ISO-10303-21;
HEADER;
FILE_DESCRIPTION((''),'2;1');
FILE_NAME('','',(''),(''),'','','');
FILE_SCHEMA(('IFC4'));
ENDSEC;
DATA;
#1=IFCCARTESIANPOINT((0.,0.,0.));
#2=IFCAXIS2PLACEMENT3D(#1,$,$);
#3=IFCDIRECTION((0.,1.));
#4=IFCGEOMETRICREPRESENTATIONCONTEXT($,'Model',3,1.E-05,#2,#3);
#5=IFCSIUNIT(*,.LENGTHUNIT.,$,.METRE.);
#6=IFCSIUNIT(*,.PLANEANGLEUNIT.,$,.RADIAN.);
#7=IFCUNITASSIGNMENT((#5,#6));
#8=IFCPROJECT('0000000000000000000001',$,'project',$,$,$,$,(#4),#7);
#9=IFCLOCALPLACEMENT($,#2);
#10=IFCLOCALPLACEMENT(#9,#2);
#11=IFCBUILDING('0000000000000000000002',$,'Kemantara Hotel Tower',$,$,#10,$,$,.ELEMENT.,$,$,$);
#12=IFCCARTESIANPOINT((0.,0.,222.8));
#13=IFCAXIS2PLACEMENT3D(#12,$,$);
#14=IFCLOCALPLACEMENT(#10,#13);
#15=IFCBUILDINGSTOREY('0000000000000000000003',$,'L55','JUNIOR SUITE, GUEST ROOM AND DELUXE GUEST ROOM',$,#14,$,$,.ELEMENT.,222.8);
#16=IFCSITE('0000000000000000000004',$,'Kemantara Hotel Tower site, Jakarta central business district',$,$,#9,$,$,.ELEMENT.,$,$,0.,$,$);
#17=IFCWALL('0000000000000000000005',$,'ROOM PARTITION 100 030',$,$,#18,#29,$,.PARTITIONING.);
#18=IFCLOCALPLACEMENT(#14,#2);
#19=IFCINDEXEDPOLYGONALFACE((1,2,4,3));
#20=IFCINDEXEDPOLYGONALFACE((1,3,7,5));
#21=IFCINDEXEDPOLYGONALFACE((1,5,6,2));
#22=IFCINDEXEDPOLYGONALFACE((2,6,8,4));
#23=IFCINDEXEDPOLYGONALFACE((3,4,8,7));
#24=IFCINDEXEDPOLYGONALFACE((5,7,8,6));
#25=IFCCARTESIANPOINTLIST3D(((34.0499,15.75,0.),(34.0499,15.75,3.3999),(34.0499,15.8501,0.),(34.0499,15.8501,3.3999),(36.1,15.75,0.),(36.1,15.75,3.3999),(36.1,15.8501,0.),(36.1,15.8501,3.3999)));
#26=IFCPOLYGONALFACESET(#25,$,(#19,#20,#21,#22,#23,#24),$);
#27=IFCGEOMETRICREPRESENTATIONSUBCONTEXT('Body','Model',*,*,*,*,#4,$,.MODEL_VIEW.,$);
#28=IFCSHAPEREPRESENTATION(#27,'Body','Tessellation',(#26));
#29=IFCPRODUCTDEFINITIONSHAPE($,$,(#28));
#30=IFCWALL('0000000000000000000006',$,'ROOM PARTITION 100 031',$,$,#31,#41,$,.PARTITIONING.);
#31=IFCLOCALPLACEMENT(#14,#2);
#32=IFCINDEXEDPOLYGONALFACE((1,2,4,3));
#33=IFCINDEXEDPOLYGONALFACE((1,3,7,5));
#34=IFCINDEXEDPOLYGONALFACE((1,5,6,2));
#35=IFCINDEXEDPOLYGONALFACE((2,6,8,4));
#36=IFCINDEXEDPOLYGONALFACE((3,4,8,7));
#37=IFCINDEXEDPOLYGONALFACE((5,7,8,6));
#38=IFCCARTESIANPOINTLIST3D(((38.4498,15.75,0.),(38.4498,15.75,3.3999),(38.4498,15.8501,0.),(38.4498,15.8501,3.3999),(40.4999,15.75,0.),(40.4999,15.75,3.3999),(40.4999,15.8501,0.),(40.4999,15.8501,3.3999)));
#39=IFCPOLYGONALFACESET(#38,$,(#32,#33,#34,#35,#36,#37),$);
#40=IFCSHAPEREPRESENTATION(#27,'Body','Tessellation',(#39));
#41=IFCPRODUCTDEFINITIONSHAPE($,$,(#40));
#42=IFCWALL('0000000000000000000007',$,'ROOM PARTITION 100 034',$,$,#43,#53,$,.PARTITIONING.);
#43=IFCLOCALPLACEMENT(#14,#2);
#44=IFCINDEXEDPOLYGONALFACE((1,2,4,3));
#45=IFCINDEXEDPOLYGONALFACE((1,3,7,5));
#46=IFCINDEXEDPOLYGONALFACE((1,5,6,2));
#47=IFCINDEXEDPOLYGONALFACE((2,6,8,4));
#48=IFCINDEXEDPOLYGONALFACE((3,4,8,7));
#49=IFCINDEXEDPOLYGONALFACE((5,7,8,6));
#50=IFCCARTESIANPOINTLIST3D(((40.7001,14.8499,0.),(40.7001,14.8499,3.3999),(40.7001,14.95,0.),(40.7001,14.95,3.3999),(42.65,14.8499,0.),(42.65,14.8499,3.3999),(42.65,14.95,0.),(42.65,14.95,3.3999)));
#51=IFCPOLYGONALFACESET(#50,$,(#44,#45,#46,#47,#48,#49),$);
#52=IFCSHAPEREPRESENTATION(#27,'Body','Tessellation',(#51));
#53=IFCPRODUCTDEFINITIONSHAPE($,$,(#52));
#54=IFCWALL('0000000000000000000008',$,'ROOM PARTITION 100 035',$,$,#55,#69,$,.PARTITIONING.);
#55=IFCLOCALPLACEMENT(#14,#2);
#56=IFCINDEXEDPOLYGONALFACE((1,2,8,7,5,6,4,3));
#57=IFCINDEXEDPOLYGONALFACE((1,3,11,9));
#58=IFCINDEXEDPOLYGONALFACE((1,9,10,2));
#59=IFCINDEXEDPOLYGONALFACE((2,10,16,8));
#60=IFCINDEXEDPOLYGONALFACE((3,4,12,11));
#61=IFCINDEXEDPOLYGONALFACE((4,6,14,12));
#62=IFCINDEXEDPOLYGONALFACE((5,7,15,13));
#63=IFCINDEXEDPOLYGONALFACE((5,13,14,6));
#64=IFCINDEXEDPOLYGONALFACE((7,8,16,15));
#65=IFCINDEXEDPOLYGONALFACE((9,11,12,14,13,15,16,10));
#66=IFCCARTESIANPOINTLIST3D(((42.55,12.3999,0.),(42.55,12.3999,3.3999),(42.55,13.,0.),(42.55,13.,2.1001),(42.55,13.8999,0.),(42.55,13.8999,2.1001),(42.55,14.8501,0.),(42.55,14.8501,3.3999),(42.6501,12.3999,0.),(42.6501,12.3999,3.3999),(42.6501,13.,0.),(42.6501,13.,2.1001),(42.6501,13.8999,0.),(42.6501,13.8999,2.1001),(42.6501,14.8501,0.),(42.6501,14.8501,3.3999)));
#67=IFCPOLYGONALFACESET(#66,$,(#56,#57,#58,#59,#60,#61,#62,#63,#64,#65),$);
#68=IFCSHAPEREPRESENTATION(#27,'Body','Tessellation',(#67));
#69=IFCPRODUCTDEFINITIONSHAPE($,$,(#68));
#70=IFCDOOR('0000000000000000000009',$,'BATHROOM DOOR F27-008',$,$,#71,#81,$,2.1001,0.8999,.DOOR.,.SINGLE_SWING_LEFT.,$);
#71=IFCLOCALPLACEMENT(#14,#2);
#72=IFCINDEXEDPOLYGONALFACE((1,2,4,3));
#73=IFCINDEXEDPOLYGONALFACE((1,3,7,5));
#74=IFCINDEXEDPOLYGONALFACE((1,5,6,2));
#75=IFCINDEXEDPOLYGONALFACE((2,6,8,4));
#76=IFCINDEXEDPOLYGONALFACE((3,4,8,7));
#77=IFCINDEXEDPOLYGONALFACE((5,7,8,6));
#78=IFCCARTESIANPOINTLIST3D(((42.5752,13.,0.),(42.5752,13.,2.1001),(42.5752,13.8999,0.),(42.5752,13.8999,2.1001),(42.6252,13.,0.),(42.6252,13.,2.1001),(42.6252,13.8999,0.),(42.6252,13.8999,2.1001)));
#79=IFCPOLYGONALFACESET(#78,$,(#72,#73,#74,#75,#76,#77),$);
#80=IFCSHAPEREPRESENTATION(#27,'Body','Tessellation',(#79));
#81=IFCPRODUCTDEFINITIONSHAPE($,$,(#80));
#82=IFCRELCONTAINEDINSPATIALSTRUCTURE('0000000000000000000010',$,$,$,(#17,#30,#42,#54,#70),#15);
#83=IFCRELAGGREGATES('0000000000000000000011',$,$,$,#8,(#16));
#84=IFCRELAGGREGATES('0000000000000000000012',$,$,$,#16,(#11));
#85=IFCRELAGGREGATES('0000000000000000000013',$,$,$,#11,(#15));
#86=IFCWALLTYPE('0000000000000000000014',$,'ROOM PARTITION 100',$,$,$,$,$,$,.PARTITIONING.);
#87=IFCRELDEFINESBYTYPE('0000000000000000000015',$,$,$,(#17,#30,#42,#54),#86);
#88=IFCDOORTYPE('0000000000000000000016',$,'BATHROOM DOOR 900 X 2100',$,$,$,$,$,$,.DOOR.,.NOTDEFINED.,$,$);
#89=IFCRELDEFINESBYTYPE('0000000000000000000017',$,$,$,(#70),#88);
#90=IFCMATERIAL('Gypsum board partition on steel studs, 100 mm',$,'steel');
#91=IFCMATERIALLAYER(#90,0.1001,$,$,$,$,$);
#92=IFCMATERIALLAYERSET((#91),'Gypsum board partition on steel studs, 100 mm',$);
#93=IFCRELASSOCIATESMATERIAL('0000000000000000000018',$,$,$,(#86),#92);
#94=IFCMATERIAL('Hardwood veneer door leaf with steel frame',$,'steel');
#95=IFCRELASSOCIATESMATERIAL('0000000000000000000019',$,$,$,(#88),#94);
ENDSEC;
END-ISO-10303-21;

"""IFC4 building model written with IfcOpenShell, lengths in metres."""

from ifc_helpers import new_model, si_unit, direction, frame, frame_2d, origin, place, context, subcontext, project, spatial, rectangle, extrude, material, layer, layer_set, type_object, element, fill, save


model = new_model("IFC4")

# Units and contexts
model_context = context("Model", 3, precision=1e-05, world=origin(), true_north=direction((0.0, 1.0)))
body_context = subcontext(model_context, "Body", "Model", "MODEL_VIEW")
ifc_project = project(units=[si_unit("LENGTHUNIT", "METRE"), si_unit("PLANEANGLEUNIT", "RADIAN")], contexts=[model_context])

# Site, building, storey
site_placement = place(None, origin())
site = spatial("IfcSite", under=ifc_project, at=site_placement, Name="Kemantara Hotel Tower site, Jakarta central business district", CompositionType="ELEMENT", RefElevation=0.0)
building_placement = place(site_placement, origin())
building = spatial("IfcBuilding", under=site, at=building_placement, Name="Kemantara Hotel Tower", CompositionType="ELEMENT")
storey_placement = place(building_placement, frame((0.0, 0.0, 222.8)))
storey = spatial("IfcBuildingStorey", under=building, at=storey_placement, Name="L55", Description="JUNIOR SUITE, GUEST ROOM AND DELUXE GUEST ROOM", CompositionType="ELEMENT", Elevation=222.8)

# Walls
ifc_material_1 = material(Name="Gypsum board partition on steel studs, 100 mm", Category="steel")
ifc_layer_1 = layer(ifc_material_1, 0.1001)
ifc_layer_set_1 = layer_set([ifc_layer_1], Name="Gypsum board partition on steel studs, 100 mm")
wall_type_1 = type_object("IfcWallType", Name="ROOM PARTITION 100", PredefinedType="PARTITIONING", material=ifc_layer_set_1)
for number, where, z_axis, x_axis, name in (
    (1, (34.05, 15.8, 0.0), (0.0, 0.0, 1.0), (1.0, 0.0, 0.0), "ROOM PARTITION 100 030"),
    (2, (38.45, 15.8, 0.0), (0.0, 0.0, 1.0), (1.0, 0.0, 0.0), "ROOM PARTITION 100 031"),
):
    element("IfcWall", number, at=place(storey_placement, frame(where, z_axis=z_axis, x_axis=x_axis)), inside=storey, type_object=wall_type_1, Name=name, PredefinedType="PARTITIONING", context=body_context, shape_type="SweptSolid", body=[
        extrude(rectangle(XDim=2.05, YDim=0.1001, at=frame_2d((1.0249, 0.0))), origin(), (0.0, 0.0, 1.0), 3.3999),
    ])
wall_1_placement = place(storey_placement, frame((40.7, 14.8999, 0.0), z_axis=(0.0, 0.0, 1.0), x_axis=(1.0, 0.0, 0.0)))
element("IfcWall", 3, at=wall_1_placement, inside=storey, type_object=wall_type_1, Name="ROOM PARTITION 100 034", PredefinedType="PARTITIONING", context=body_context, shape_type="SweptSolid", body=[
    extrude(rectangle(XDim=1.95, YDim=0.1001, at=frame_2d((0.9751, 0.0))), origin(), (0.0, 0.0, 1.0), 3.3999),
])

# Wall, opening, door
wall_2_placement = place(storey_placement, frame((42.6001, 12.3999, 0.0), z_axis=(0.0, 0.0, 1.0), x_axis=(0.0, 1.0, 0.0)))
wall_2 = element("IfcWall", 4, at=wall_2_placement, inside=storey, type_object=wall_type_1, Name="ROOM PARTITION 100 035", PredefinedType="PARTITIONING", context=body_context, shape_type="SweptSolid", body=[
    extrude(rectangle(XDim=2.4502, YDim=0.1001, at=frame_2d((1.2251, 0.0))), origin(), (0.0, 0.0, 1.0), 3.3999),
])
opening_placement = place(wall_2_placement, frame((0.6001, 0.0, 0.0)))
opening = element("IfcOpeningElement", 5, at=opening_placement, cuts=wall_2, PredefinedType="OPENING", context=body_context, shape_type="SweptSolid", body=[
    extrude(rectangle(XDim=0.8999, YDim=2.1001, at=frame_2d((0.45, 1.05))), frame((0.0, 0.0601, 0.0), z_axis=(0.0, -1.0, 0.0), x_axis=(1.0, 0.0, 0.0)), (0.0, 0.0, 1.0), 0.1201),
])
ifc_material_2 = material(Name="Hardwood veneer door leaf with steel frame", Category="steel")
door_type = type_object("IfcDoorType", Name="BATHROOM DOOR 900 X 2100", OperationType="NOTDEFINED", PredefinedType="DOOR", material=ifc_material_2)
door_placement = place(opening_placement, origin())
door = element("IfcDoor", 6, at=door_placement, inside=storey, type_object=door_type, Name="BATHROOM DOOR F27-008", OperationType="SINGLE_SWING_LEFT", OverallHeight=2.1001, OverallWidth=0.8999, PredefinedType="DOOR", context=body_context, shape_type="SweptSolid", body=[
    extrude(rectangle(XDim=0.8999, YDim=2.1001, at=frame_2d((0.45, 1.05))), frame((0.0, 0.0249, 0.0), z_axis=(0.0, -1.0, 0.0), x_axis=(1.0, 0.0, 0.0)), (0.0, 0.0, 1.0), 0.05),
])
fill(opening, door)

save(model, "model.ifc")
